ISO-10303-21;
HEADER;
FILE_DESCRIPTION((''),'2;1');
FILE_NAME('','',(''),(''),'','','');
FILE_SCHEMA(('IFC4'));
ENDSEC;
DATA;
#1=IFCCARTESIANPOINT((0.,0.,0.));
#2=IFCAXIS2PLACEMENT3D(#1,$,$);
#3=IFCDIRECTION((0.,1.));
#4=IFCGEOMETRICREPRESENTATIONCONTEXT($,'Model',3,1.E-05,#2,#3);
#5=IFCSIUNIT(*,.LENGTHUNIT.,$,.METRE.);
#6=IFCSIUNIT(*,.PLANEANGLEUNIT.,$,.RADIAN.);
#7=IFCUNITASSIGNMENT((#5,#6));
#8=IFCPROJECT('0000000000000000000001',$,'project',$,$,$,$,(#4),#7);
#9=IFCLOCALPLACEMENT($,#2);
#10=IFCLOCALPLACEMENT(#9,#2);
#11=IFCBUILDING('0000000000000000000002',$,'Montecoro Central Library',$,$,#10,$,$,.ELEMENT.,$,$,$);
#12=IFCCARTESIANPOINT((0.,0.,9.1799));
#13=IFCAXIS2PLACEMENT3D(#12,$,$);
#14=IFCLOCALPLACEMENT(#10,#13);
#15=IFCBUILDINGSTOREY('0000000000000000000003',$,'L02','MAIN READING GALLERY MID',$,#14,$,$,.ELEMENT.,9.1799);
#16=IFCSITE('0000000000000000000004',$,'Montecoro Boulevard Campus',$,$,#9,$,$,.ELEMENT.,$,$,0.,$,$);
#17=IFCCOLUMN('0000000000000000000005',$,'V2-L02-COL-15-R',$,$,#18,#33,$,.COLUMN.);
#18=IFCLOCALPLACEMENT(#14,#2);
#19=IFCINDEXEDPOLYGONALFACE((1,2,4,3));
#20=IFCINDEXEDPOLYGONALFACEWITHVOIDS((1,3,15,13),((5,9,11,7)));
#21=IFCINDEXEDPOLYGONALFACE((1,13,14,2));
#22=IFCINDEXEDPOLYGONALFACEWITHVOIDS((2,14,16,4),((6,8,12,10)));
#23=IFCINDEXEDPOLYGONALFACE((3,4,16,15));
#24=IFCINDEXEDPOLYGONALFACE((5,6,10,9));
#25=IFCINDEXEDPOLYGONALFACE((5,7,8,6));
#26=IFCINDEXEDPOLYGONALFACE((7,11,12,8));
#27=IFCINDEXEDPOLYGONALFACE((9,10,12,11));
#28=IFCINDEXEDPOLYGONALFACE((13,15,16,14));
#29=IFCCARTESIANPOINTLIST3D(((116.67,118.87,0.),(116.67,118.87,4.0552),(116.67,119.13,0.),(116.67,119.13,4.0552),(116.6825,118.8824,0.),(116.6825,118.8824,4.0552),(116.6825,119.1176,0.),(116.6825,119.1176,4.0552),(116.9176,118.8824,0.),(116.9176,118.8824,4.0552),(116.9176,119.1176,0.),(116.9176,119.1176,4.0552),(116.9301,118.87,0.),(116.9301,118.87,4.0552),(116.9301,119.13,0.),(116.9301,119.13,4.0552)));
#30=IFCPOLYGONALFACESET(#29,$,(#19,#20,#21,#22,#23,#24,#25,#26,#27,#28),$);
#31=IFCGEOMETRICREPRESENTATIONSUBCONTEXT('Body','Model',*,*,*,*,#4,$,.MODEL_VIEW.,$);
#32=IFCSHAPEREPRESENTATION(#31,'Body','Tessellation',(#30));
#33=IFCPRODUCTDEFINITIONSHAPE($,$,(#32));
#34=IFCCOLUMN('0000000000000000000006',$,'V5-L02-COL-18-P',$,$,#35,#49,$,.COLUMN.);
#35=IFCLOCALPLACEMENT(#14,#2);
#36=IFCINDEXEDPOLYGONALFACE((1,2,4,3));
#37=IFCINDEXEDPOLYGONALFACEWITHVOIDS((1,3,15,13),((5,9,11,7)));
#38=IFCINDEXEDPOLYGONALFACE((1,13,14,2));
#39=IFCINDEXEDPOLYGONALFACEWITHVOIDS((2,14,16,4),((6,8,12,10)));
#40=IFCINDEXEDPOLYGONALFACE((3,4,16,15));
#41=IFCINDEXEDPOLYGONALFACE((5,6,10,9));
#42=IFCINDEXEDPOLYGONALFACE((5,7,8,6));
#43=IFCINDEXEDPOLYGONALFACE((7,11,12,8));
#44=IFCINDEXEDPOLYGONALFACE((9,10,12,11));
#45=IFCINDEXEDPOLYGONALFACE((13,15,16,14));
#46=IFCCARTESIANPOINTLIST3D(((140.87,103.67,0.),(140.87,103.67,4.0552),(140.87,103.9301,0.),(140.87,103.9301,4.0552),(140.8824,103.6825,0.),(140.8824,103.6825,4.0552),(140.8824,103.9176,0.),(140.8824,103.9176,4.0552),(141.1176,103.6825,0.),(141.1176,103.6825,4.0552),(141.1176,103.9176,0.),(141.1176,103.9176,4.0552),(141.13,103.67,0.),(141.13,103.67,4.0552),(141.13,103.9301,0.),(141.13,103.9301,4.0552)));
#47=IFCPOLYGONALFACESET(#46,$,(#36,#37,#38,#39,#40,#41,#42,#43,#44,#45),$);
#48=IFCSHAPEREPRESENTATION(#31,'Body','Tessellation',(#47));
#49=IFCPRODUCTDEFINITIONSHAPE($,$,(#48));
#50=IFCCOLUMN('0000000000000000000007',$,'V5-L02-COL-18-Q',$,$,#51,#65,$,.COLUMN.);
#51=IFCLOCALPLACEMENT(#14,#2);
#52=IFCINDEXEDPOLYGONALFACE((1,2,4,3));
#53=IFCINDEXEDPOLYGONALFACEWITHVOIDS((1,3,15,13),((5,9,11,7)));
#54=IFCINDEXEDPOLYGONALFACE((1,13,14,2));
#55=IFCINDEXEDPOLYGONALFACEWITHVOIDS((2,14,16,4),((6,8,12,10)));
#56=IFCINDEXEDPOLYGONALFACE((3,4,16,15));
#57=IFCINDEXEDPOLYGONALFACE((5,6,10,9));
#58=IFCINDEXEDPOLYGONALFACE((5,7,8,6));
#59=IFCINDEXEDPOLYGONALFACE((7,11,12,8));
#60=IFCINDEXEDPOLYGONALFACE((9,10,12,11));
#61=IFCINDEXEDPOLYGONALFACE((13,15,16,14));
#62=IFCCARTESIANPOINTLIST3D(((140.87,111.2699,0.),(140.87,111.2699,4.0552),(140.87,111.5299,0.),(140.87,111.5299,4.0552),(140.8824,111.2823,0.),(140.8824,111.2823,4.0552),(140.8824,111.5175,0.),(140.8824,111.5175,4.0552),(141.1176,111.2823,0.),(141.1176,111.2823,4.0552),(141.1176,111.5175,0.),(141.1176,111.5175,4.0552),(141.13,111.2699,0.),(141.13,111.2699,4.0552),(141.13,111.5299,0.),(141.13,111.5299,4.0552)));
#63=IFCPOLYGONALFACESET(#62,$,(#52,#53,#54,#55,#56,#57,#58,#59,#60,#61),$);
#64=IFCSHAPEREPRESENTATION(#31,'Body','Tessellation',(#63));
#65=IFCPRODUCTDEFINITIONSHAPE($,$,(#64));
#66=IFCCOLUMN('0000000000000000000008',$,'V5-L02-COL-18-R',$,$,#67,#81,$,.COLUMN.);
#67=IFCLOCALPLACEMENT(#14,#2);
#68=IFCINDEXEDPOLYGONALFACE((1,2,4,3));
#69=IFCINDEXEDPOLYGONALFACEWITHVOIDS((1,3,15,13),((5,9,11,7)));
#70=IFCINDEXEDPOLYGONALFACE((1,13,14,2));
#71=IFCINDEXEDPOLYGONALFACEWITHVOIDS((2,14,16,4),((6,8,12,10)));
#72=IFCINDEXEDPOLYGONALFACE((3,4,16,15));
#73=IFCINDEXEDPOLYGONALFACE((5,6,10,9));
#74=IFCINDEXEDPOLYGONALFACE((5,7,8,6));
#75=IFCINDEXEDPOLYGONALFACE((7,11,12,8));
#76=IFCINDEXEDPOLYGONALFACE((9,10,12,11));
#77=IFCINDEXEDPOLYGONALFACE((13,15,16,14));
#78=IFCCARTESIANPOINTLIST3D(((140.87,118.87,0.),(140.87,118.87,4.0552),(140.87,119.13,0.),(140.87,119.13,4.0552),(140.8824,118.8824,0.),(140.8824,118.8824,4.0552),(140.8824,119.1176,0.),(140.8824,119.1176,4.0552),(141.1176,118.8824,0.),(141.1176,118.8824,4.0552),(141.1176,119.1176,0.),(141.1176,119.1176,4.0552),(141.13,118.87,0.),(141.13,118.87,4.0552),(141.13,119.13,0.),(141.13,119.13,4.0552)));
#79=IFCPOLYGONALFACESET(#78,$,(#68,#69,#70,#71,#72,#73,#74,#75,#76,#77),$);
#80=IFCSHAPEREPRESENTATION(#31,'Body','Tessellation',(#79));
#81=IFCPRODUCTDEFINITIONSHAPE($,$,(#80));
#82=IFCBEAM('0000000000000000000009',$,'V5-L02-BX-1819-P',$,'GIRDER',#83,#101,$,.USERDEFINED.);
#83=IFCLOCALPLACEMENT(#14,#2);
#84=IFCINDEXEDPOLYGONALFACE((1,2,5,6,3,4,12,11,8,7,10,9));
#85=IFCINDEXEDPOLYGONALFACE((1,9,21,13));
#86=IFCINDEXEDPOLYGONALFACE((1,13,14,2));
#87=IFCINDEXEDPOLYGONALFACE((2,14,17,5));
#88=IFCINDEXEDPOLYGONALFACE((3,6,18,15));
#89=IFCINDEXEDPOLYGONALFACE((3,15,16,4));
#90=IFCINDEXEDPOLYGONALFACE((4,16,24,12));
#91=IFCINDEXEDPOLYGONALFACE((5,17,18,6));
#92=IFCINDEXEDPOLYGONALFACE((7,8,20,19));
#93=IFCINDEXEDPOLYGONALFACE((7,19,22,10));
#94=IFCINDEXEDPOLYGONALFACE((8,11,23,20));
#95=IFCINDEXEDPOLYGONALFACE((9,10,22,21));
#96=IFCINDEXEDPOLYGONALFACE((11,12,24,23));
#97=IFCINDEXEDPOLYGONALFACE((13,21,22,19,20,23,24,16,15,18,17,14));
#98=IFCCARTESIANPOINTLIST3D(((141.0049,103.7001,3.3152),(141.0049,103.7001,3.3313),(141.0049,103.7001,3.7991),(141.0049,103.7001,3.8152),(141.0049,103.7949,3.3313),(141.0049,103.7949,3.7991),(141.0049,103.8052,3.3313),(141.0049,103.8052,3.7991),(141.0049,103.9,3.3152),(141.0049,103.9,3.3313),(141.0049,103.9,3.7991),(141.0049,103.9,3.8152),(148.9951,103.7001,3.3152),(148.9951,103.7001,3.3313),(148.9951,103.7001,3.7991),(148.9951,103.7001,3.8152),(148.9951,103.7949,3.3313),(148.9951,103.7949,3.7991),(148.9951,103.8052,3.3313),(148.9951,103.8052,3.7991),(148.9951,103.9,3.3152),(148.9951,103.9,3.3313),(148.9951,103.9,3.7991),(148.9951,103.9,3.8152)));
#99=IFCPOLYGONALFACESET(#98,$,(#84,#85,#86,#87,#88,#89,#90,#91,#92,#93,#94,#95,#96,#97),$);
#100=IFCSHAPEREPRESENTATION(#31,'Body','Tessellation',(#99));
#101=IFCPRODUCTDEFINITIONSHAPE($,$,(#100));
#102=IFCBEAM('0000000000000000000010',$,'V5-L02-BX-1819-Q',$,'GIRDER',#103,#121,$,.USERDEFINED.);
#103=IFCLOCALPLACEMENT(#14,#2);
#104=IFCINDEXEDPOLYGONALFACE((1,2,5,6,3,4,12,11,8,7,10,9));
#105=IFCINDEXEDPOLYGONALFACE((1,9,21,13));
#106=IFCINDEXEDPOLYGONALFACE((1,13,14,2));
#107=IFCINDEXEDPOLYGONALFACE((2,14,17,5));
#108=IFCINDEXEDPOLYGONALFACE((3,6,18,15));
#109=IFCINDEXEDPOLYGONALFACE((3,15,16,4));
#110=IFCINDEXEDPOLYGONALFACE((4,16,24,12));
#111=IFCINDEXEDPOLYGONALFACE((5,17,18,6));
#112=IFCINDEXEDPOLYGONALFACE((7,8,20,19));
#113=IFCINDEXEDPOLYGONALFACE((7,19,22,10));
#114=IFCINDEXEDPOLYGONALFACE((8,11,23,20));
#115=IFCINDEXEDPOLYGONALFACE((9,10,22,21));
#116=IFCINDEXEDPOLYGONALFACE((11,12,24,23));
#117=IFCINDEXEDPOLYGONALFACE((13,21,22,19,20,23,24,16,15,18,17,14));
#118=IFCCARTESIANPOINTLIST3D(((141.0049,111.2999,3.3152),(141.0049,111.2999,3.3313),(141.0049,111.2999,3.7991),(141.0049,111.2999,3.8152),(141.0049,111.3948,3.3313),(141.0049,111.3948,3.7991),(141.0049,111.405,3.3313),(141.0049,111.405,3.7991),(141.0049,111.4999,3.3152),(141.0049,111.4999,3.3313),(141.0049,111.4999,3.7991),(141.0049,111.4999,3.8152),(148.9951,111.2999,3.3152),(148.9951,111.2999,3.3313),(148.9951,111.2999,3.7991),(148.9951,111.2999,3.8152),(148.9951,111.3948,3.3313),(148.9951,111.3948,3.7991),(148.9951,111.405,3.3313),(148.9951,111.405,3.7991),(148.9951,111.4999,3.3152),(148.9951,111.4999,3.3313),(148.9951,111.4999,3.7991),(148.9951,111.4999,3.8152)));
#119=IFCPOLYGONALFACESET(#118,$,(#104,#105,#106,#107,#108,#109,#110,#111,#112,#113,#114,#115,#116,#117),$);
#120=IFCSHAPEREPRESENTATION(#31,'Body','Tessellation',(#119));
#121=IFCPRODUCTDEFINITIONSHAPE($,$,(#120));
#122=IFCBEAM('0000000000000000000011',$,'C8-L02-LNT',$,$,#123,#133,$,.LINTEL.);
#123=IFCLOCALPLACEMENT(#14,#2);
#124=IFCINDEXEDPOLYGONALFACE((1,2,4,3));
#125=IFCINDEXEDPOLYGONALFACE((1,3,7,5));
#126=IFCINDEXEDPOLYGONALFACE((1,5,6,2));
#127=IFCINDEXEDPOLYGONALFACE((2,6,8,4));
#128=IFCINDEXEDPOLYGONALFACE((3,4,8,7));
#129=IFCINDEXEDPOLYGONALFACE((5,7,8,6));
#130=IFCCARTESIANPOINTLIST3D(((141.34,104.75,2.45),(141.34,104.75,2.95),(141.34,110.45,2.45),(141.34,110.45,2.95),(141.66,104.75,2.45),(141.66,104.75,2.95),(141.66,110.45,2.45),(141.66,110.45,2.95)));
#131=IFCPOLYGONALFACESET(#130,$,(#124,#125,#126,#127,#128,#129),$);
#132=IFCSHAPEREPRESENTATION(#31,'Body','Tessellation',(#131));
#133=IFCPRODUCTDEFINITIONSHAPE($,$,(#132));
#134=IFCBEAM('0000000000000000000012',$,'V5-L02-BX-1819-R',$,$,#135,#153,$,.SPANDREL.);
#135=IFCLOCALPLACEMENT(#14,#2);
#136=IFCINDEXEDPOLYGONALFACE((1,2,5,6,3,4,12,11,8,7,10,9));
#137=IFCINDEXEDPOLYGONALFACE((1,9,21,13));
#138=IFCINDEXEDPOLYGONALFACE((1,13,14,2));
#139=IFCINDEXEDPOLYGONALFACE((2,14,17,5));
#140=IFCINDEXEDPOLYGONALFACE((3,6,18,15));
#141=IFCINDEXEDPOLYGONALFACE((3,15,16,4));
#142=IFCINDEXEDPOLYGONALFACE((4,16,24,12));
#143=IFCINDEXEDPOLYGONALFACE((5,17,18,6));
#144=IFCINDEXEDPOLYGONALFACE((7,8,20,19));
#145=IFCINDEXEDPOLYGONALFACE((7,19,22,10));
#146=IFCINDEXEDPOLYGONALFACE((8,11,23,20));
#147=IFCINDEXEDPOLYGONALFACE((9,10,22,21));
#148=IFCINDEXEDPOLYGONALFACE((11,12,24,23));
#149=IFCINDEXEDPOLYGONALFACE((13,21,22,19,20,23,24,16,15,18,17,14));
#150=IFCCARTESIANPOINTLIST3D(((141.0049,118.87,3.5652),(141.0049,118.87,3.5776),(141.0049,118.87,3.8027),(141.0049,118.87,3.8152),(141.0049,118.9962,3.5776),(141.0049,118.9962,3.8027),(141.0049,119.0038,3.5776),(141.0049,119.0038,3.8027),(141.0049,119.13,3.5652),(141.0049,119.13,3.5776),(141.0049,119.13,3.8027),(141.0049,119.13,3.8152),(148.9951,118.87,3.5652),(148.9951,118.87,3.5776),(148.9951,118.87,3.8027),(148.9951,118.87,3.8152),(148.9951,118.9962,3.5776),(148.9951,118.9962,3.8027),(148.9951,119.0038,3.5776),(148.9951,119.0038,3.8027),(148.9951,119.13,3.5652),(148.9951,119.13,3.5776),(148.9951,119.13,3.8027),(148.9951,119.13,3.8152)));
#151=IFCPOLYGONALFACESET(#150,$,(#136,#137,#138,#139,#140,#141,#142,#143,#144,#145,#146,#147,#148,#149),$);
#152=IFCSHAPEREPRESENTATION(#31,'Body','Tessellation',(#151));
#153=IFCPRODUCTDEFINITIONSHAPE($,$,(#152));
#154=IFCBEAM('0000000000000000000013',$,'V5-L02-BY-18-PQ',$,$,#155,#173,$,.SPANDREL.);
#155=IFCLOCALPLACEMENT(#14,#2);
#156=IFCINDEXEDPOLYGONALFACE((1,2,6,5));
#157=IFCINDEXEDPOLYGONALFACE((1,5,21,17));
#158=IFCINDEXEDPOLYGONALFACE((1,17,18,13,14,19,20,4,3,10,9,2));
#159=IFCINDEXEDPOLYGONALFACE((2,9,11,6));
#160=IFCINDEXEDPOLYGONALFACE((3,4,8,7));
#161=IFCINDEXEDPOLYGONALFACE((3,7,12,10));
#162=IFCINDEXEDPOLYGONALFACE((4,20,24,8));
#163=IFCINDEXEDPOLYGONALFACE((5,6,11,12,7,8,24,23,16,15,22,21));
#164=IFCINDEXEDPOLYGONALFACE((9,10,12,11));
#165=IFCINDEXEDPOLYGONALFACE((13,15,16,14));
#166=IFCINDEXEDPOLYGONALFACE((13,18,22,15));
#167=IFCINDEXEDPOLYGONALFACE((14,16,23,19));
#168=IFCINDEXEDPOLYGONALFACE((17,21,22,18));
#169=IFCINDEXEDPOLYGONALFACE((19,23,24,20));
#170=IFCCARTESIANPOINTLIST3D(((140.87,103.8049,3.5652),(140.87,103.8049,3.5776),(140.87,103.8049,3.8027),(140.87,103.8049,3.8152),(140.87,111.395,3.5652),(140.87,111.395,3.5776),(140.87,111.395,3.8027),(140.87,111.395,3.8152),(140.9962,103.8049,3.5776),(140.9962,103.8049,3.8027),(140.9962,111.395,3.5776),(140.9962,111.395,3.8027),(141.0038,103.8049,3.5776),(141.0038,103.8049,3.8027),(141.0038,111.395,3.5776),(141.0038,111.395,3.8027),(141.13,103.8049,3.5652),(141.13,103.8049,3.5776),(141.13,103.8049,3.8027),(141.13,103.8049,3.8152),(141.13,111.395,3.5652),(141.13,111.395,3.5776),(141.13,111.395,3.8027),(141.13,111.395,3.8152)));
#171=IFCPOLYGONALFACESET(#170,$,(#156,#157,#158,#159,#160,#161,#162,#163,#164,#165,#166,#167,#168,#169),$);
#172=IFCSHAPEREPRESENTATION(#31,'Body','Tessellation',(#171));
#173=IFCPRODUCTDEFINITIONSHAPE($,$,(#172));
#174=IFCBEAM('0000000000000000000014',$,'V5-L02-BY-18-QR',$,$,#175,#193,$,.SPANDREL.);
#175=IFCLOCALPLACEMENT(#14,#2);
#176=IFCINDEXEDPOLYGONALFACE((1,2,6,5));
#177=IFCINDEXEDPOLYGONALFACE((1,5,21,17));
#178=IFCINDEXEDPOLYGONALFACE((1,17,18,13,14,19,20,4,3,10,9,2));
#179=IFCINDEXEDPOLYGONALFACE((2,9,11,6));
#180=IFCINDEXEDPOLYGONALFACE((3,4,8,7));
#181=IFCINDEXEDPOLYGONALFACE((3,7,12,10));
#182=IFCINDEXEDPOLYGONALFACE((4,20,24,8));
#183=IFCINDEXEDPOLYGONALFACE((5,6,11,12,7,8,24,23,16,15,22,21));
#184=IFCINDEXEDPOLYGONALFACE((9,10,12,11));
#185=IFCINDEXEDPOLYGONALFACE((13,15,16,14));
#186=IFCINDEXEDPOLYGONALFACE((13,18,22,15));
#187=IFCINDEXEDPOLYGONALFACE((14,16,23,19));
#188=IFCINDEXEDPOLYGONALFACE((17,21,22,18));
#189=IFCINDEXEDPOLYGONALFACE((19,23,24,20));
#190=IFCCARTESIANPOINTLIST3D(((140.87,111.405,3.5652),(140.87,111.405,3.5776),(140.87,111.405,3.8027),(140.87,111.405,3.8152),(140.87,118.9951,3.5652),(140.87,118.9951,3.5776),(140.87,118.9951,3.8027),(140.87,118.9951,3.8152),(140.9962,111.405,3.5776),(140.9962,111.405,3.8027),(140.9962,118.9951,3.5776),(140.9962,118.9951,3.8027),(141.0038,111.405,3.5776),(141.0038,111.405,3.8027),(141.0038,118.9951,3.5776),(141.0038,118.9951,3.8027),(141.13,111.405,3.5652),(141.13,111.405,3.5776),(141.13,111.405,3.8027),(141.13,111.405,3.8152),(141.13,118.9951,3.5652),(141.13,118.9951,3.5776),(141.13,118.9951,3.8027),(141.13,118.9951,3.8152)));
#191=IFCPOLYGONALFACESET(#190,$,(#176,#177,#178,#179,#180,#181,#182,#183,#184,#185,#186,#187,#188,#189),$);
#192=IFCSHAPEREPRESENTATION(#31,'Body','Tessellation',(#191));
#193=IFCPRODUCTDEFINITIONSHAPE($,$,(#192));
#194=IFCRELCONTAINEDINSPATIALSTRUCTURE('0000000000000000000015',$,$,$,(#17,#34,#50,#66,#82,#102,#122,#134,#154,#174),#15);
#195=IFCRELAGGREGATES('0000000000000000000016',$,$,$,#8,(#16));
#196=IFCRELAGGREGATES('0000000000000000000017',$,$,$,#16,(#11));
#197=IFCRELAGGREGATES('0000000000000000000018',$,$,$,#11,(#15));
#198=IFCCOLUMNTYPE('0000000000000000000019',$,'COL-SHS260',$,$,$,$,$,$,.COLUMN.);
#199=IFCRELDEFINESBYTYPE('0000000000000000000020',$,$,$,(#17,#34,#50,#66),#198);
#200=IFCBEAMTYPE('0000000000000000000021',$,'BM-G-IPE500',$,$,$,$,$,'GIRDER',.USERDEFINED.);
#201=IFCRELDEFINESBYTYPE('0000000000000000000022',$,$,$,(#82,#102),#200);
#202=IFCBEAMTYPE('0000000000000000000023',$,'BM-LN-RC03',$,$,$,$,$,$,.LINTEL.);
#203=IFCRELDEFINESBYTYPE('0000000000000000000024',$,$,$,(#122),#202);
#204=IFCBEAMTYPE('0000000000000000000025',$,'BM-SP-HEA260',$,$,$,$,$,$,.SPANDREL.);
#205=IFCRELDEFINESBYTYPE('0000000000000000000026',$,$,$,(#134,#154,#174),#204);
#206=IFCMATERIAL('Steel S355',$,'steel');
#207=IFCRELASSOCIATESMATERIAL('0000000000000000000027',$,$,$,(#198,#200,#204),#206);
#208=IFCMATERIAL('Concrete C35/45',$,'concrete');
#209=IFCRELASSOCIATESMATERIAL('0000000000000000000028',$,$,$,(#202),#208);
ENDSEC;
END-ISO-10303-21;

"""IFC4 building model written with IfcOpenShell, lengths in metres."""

from ifc_helpers import new_model, si_unit, direction, frame, origin, origin_2d, place, context, subcontext, project, spatial, rectangle, hollow_rectangle, i_section, extrude, material, material_profile, profile_set, type_object, element, save


model = new_model("IFC4")

# Units and contexts
model_context = context("Model", 3, precision=1e-05, world=origin(), true_north=direction((0.0, 1.0)))
body_context = subcontext(model_context, "Body", "Model", "MODEL_VIEW")
ifc_project = project(units=[si_unit("LENGTHUNIT", "METRE"), si_unit("PLANEANGLEUNIT", "RADIAN")], contexts=[model_context])

# Site, building, storey
site_placement = place(None, origin())
site = spatial("IfcSite", under=ifc_project, at=site_placement, Name="Montecoro Boulevard Campus", CompositionType="ELEMENT", RefElevation=0.0)
building_placement = place(site_placement, origin())
building = spatial("IfcBuilding", under=site, at=building_placement, Name="Montecoro Central Library", CompositionType="ELEMENT")
storey_placement = place(building_placement, frame((0.0, 0.0, 9.1799)))
storey = spatial("IfcBuildingStorey", under=building, at=storey_placement, Name="L02", Description="MAIN READING GALLERY MID", CompositionType="ELEMENT", Elevation=9.1799)

# Columns
ifc_material_1 = material(Name="Steel S355", Category="steel")
ifc_material_profile_1 = material_profile(ifc_material_1, hollow_rectangle(XDim=0.26, YDim=0.26, WallThickness=0.0125, at=origin_2d()), Name="SHS 260x260x12.5")
ifc_profile_set_1 = profile_set([ifc_material_profile_1], Name="Steel S355")
column_type = type_object("IfcColumnType", Name="COL-SHS260", PredefinedType="COLUMN", material=ifc_profile_set_1)
for number, where, z_axis, x_axis, name in (
    (1, (116.8, 119.0, 0.0), (0.0, 0.0, 1.0), (1.0, 0.0, 0.0), "V2-L02-COL-15-R"),
    (2, (141.0, 103.8, 0.0), (0.0, 0.0, 1.0), (1.0, 0.0, 0.0), "V5-L02-COL-18-P"),
    (3, (141.0, 111.3999, 0.0), (0.0, 0.0, 1.0), (1.0, 0.0, 0.0), "V5-L02-COL-18-Q"),
    (4, (141.0, 119.0, 0.0), (0.0, 0.0, 1.0), (1.0, 0.0, 0.0), "V5-L02-COL-18-R"),
):
    element("IfcColumn", number, at=place(storey_placement, frame(where, z_axis=z_axis, x_axis=x_axis)), inside=storey, type_object=column_type, Name=name, PredefinedType="COLUMN", context=body_context, shape_type="SweptSolid", body=[
        extrude(hollow_rectangle(XDim=0.26, YDim=0.26, WallThickness=0.0125, at=origin_2d()), origin(), (0.0, 0.0, 1.0), 4.0552),
    ])

# Beams
ifc_material_profile_2 = material_profile(ifc_material_1, i_section(OverallWidth=0.2, OverallDepth=0.5, WebThickness=0.0103, FlangeThickness=0.0161, at=origin_2d()), Name="IPE 500")
ifc_profile_set_2 = profile_set([ifc_material_profile_2], Name="Steel S355")
beam_type_1 = type_object("IfcBeamType", Name="BM-G-IPE500", ElementType="GIRDER", PredefinedType="USERDEFINED", material=ifc_profile_set_2)
for number, where, z_axis, x_axis, name in (
    (5, (141.0049, 103.8, 3.5652), (1.0, 0.0, 0.0), (0.0, 1.0, 0.0), "V5-L02-BX-1819-P"),
    (6, (141.0049, 111.3999, 3.5652), (1.0, 0.0, 0.0), (0.0, 1.0, 0.0), "V5-L02-BX-1819-Q"),
):
    element("IfcBeam", number, at=place(storey_placement, frame(where, z_axis=z_axis, x_axis=x_axis)), inside=storey, type_object=beam_type_1, Name=name, ObjectType="GIRDER", PredefinedType="USERDEFINED", context=body_context, shape_type="SweptSolid", body=[
        extrude(i_section(OverallWidth=0.2, OverallDepth=0.5, WebThickness=0.0103, FlangeThickness=0.0161, at=origin_2d()), origin(), (0.0, 0.0, 1.0), 7.9902),
    ])
ifc_material_2 = material(Name="Concrete C35/45", Category="concrete")
ifc_material_profile_3 = material_profile(ifc_material_2, rectangle(XDim=0.3201, YDim=0.5, at=origin_2d()), Name="RC LNT 500x320")
ifc_profile_set_3 = profile_set([ifc_material_profile_3], Name="Concrete C35/45")
beam_type_2 = type_object("IfcBeamType", Name="BM-LN-RC03", PredefinedType="LINTEL", material=ifc_profile_set_3)
beam_1_placement = place(storey_placement, frame((141.5, 104.75, 2.7), z_axis=(0.0, 1.0, 0.0), x_axis=(-1.0, 0.0, 0.0)))
element("IfcBeam", 7, at=beam_1_placement, inside=storey, type_object=beam_type_2, Name="C8-L02-LNT", PredefinedType="LINTEL", context=body_context, shape_type="SweptSolid", body=[
    extrude(rectangle(XDim=0.3201, YDim=0.5, at=origin_2d()), origin(), (0.0, 0.0, 1.0), 5.7),
])
ifc_material_profile_4 = material_profile(ifc_material_1, i_section(OverallWidth=0.26, OverallDepth=0.25, WebThickness=0.0076, FlangeThickness=0.0125, at=origin_2d()), Name="HEA 260")
ifc_profile_set_4 = profile_set([ifc_material_profile_4], Name="Steel S355")
beam_type_3 = type_object("IfcBeamType", Name="BM-SP-HEA260", PredefinedType="SPANDREL", material=ifc_profile_set_4)
beam_2_placement = place(storey_placement, frame((141.0049, 119.0, 3.6902), z_axis=(1.0, 0.0, 0.0), x_axis=(0.0, 1.0, 0.0)))
element("IfcBeam", 8, at=beam_2_placement, inside=storey, type_object=beam_type_3, Name="V5-L02-BX-1819-R", PredefinedType="SPANDREL", context=body_context, shape_type="SweptSolid", body=[
    extrude(i_section(OverallWidth=0.26, OverallDepth=0.25, WebThickness=0.0076, FlangeThickness=0.0125, at=origin_2d()), origin(), (0.0, 0.0, 1.0), 7.9902),
])
for number, where, z_axis, x_axis, name in (
    (9, (141.0, 103.8049, 3.6902), (0.0, 1.0, 0.0), (-1.0, 0.0, 0.0), "V5-L02-BY-18-PQ"),
    (10, (141.0, 111.405, 3.6902), (0.0, 1.0, 0.0), (-1.0, 0.0, 0.0), "V5-L02-BY-18-QR"),
):
    element("IfcBeam", number, at=place(storey_placement, frame(where, z_axis=z_axis, x_axis=x_axis)), inside=storey, type_object=beam_type_3, Name=name, PredefinedType="SPANDREL", context=body_context, shape_type="SweptSolid", body=[
        extrude(i_section(OverallWidth=0.26, OverallDepth=0.25, WebThickness=0.0076, FlangeThickness=0.0125, at=origin_2d()), origin(), (0.0, 0.0, 1.0), 7.5901),
    ])

save(model, "model.ifc")
